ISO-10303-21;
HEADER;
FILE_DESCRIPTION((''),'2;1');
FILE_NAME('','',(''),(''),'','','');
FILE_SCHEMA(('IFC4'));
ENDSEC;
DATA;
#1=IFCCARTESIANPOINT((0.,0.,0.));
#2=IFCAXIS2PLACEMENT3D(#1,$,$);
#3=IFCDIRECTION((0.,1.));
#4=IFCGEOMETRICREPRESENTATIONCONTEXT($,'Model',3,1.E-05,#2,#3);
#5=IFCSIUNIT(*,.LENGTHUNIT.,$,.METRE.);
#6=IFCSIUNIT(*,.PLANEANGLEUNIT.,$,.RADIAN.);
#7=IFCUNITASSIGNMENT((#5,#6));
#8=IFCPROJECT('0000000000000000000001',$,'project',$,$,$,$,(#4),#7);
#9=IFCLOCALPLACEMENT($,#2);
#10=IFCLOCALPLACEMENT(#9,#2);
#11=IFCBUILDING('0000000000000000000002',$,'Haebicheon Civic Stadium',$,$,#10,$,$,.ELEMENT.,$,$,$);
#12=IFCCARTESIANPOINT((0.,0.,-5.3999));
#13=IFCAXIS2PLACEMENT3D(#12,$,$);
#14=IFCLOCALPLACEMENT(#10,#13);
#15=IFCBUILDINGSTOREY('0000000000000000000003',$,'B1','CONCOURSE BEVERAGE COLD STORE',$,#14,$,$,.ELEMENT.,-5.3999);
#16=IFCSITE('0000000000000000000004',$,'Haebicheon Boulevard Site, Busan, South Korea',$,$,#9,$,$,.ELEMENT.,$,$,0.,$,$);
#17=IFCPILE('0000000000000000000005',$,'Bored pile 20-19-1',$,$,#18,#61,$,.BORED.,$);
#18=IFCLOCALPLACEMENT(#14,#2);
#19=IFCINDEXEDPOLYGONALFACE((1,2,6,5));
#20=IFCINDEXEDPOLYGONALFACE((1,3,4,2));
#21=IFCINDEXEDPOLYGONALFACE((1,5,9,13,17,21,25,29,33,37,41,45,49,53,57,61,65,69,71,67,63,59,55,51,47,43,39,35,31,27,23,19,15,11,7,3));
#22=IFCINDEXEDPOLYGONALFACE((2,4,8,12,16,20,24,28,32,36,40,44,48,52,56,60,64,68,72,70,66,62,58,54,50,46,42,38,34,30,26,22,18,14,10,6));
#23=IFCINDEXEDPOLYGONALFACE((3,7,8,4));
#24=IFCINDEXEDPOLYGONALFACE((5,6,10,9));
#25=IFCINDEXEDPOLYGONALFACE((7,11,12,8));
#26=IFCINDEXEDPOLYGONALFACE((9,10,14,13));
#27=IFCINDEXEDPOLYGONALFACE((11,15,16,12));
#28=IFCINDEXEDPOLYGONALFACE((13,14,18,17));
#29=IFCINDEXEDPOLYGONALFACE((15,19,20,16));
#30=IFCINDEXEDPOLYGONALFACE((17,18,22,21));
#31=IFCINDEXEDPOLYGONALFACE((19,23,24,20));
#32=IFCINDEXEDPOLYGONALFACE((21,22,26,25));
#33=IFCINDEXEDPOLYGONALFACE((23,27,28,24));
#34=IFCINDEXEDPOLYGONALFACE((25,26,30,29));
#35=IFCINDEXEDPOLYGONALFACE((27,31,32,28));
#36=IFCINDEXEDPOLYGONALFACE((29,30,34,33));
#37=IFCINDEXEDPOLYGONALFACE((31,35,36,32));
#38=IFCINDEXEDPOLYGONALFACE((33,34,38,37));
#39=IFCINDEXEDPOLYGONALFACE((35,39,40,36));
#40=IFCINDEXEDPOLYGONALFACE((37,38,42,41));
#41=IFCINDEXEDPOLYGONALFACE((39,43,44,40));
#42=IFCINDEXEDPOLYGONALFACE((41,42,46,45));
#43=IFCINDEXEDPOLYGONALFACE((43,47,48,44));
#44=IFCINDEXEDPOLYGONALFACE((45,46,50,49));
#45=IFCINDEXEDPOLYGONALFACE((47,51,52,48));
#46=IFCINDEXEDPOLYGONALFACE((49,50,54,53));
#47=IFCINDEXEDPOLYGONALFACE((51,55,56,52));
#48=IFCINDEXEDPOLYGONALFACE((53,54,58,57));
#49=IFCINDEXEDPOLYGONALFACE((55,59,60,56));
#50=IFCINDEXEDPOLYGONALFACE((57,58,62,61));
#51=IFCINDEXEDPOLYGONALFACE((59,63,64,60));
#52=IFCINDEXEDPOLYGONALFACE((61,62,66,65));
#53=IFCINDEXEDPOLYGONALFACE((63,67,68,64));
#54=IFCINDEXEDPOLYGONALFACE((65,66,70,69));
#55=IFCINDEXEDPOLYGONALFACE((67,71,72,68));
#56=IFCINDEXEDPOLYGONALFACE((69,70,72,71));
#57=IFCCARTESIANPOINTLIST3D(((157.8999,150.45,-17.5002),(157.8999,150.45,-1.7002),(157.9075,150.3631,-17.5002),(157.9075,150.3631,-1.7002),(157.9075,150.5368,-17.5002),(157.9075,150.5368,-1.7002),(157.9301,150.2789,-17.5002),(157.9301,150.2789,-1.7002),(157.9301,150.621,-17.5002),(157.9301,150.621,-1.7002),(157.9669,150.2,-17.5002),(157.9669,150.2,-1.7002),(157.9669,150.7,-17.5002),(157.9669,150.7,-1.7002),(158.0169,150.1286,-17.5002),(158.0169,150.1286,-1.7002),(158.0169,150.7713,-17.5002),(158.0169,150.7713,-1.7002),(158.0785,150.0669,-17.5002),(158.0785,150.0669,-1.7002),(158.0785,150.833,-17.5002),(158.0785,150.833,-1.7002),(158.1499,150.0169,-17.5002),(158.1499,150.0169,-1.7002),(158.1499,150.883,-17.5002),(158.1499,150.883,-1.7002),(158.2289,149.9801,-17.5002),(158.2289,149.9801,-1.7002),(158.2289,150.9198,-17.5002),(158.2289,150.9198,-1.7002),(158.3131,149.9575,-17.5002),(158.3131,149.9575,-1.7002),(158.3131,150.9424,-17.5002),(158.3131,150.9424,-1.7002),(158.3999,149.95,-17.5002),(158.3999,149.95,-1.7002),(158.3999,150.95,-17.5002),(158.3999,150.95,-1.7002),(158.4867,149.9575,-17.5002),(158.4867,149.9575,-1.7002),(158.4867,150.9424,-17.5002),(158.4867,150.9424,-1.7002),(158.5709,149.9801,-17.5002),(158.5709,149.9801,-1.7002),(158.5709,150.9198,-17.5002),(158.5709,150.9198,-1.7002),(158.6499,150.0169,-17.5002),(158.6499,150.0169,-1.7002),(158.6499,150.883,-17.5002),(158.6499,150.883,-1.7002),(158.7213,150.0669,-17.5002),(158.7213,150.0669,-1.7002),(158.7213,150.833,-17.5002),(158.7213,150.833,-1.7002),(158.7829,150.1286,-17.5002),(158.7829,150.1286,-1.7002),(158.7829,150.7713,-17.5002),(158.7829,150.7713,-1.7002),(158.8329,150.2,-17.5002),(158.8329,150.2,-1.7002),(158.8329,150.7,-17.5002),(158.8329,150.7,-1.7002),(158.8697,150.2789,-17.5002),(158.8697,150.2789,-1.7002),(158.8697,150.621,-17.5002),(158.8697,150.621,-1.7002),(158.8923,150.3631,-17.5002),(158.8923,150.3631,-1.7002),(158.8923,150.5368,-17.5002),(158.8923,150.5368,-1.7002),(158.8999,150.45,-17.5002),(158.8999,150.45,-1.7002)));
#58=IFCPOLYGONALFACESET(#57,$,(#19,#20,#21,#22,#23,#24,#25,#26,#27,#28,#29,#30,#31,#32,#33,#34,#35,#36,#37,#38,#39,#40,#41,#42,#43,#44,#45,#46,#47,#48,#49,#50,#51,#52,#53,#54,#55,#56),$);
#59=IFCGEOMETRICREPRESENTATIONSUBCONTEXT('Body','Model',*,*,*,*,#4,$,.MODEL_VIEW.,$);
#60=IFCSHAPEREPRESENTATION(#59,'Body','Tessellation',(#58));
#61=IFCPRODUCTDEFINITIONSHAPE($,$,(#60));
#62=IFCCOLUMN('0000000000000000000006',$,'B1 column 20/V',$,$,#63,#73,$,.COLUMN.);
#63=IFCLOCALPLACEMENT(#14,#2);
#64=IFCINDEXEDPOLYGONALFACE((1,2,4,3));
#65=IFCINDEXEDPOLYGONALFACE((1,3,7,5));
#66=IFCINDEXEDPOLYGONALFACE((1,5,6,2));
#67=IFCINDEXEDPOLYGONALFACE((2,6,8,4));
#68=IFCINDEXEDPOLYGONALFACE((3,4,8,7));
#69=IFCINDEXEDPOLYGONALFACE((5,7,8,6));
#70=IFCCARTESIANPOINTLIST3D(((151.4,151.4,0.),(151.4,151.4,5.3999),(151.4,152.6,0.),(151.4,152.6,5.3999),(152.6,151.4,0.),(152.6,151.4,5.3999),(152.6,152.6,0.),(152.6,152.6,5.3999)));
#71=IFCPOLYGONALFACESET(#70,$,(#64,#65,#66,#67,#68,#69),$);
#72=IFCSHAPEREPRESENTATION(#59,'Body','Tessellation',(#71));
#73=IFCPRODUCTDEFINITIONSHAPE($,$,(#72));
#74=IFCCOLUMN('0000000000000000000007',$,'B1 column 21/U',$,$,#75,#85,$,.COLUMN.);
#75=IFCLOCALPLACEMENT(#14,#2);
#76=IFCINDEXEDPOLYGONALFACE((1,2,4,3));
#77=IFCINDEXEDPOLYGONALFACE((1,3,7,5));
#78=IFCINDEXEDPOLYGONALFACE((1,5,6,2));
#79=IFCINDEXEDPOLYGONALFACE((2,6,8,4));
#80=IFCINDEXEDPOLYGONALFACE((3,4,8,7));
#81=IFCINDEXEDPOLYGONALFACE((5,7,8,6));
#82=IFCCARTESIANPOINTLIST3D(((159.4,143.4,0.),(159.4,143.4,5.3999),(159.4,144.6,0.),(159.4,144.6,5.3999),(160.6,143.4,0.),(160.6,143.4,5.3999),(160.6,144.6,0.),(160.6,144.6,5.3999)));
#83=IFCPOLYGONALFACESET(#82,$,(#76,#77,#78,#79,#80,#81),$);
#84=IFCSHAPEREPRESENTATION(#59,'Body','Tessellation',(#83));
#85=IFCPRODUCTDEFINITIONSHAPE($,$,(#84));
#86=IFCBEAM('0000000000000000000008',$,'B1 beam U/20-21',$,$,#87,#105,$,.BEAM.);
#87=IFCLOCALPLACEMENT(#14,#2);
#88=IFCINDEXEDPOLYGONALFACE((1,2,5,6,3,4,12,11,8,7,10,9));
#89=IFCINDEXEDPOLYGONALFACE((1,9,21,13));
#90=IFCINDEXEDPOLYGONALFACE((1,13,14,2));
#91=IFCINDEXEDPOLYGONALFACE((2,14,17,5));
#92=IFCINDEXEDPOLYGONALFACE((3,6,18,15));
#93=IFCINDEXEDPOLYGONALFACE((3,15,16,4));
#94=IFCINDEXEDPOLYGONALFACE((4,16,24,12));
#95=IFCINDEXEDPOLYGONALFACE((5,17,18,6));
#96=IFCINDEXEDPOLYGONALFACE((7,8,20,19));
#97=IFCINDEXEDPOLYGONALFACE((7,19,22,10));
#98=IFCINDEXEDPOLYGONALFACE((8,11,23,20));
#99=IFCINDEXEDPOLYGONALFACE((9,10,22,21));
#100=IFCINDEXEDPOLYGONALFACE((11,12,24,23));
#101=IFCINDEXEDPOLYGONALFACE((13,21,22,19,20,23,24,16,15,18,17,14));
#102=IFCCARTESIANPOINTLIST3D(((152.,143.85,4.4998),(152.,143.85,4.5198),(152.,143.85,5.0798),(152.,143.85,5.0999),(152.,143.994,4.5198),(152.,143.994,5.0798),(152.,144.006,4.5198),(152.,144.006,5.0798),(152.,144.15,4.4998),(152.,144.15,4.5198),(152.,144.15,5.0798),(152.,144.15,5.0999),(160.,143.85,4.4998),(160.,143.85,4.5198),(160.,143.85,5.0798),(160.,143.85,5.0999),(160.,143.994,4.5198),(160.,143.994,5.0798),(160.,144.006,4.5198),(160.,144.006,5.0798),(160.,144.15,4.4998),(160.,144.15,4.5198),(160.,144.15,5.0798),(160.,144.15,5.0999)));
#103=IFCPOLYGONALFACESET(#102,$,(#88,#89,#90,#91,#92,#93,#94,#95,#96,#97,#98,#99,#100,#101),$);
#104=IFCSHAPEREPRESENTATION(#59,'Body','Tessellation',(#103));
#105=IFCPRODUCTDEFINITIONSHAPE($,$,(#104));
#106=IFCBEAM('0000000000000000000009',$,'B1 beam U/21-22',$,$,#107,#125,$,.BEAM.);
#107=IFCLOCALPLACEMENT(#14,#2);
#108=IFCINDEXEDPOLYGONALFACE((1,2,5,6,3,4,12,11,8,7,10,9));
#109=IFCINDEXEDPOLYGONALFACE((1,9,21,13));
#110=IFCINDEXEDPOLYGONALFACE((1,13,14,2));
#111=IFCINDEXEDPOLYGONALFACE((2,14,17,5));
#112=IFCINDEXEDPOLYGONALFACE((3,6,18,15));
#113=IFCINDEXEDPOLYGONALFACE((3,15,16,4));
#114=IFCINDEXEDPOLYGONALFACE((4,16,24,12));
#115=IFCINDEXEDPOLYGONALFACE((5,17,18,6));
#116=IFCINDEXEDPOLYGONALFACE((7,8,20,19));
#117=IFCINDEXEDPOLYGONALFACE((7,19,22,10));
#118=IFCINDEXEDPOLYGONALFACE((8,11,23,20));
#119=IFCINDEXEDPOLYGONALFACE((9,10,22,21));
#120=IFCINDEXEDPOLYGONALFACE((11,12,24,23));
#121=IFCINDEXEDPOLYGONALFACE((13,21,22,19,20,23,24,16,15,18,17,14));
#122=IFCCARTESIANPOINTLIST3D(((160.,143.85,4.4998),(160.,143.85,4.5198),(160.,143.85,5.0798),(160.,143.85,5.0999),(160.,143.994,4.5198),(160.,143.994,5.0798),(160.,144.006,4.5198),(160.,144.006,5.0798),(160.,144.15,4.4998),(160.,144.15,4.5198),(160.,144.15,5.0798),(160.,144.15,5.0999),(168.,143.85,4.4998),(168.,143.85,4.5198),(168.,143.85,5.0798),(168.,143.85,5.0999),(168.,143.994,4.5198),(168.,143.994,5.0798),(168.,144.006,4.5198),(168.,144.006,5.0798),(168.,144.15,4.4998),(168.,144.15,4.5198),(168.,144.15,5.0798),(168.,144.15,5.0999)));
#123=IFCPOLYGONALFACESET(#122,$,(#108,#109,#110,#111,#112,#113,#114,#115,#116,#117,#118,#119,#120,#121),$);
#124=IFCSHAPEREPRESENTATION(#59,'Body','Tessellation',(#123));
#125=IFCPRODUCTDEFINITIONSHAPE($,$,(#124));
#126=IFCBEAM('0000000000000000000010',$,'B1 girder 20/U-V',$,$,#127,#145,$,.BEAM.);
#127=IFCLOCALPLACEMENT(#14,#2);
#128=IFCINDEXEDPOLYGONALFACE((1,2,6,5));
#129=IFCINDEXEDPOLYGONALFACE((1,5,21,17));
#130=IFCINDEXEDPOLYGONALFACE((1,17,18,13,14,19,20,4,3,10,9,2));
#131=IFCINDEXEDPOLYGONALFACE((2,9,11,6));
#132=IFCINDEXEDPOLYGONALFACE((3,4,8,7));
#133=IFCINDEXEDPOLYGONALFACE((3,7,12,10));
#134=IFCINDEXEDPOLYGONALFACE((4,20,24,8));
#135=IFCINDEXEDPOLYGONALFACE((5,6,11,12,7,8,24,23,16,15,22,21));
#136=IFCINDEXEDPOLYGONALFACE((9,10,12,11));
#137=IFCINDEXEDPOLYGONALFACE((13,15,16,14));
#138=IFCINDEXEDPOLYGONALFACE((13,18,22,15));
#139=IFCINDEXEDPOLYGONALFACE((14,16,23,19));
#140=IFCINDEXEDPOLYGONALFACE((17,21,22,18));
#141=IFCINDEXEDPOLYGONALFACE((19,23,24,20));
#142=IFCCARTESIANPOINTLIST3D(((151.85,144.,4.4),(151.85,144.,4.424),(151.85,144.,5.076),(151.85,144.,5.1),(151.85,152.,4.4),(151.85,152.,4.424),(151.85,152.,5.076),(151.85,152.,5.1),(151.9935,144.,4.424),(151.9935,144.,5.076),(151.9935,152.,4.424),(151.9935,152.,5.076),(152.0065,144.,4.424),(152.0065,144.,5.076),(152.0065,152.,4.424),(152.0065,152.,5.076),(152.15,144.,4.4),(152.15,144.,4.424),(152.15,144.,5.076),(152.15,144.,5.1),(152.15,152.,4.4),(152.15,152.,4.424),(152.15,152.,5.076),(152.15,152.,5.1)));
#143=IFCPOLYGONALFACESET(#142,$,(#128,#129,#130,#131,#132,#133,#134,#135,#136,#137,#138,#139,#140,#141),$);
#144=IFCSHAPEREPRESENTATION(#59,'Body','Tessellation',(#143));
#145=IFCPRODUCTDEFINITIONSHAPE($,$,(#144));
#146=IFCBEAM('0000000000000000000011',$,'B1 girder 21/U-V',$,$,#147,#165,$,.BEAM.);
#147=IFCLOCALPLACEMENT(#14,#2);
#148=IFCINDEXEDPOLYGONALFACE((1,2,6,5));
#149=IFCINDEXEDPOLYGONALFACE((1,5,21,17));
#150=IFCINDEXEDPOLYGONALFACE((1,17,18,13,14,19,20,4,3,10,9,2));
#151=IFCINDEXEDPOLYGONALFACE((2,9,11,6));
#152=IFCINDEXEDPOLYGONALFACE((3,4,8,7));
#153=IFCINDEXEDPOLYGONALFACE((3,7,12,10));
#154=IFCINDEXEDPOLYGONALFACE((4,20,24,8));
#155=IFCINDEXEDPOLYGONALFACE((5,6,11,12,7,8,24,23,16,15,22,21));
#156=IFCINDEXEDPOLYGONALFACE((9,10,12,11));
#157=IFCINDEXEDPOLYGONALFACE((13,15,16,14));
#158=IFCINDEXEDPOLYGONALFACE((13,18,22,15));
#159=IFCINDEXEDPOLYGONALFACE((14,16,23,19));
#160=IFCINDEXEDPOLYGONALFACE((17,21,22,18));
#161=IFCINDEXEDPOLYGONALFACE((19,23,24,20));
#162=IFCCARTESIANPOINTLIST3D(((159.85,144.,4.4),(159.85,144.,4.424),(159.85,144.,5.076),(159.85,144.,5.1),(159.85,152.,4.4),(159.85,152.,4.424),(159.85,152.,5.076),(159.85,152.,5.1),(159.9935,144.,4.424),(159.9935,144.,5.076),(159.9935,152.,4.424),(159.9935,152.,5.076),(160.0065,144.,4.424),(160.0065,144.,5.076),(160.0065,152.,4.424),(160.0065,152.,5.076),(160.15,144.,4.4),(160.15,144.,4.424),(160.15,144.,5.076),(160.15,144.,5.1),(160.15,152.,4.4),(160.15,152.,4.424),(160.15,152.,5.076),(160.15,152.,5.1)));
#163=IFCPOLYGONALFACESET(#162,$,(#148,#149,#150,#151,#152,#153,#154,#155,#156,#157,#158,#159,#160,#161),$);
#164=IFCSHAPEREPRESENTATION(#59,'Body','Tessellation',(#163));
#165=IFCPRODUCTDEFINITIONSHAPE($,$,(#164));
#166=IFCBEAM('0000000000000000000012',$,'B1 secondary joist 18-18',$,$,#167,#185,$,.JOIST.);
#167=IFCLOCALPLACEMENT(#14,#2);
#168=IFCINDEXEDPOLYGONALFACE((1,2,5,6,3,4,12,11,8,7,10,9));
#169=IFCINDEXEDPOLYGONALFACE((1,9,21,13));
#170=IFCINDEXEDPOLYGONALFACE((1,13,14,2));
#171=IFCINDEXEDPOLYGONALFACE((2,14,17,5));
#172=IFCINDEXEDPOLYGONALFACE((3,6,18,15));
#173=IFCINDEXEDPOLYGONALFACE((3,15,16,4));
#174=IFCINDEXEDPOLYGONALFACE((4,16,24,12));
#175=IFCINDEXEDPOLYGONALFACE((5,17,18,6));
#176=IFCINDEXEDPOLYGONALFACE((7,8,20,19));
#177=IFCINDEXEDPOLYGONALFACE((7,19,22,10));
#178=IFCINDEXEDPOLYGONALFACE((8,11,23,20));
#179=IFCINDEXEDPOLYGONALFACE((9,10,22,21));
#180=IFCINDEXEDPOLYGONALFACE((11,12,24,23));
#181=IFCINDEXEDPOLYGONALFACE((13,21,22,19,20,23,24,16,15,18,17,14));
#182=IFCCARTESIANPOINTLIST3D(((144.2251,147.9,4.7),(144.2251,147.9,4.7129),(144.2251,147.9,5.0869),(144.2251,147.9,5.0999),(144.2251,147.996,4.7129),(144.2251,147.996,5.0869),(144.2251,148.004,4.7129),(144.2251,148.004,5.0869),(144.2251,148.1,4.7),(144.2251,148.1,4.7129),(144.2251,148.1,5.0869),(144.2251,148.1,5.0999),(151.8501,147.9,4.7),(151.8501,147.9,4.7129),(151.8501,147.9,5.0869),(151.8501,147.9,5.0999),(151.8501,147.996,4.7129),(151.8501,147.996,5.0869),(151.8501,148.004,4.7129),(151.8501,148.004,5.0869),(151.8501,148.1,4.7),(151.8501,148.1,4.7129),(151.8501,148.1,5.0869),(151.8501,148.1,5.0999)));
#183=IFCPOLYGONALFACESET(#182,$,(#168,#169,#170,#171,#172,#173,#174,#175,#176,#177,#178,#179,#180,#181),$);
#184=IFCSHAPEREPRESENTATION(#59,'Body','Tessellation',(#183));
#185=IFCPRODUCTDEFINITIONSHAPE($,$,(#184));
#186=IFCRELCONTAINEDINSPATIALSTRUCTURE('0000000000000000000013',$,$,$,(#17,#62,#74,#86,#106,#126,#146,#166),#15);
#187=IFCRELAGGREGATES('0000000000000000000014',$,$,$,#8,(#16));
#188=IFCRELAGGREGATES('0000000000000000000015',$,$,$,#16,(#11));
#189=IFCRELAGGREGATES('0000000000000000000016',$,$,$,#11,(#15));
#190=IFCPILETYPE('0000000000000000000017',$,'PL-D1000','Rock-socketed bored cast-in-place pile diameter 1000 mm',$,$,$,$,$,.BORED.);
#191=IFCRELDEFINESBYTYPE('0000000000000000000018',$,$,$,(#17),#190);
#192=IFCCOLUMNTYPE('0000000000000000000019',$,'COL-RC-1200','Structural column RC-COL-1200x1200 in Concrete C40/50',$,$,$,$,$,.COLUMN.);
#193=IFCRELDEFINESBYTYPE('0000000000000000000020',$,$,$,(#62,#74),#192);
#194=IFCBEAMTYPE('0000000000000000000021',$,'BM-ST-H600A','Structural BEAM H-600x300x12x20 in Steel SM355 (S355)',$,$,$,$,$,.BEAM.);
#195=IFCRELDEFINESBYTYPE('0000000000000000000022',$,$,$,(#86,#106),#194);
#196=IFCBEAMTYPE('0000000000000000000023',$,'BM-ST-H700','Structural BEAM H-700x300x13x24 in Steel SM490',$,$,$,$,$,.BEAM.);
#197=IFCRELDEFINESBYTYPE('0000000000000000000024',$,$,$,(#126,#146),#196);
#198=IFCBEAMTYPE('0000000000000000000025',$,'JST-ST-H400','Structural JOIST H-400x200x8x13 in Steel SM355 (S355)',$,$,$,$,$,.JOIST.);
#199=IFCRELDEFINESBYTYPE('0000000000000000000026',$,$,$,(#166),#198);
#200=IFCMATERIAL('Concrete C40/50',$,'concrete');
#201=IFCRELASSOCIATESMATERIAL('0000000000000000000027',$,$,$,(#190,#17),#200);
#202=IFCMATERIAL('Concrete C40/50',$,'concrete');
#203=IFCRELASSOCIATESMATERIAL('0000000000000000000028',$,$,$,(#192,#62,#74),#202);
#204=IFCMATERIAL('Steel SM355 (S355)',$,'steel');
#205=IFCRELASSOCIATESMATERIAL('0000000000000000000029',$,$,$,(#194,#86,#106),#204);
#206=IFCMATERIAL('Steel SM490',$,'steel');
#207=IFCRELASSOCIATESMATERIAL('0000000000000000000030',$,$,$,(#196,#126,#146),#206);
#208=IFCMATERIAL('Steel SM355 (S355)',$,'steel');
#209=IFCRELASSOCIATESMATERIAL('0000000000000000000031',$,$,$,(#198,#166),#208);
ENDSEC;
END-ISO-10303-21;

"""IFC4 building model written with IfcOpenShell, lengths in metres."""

from ifc_helpers import new_model, si_unit, direction, frame, origin, origin_2d, place, context, subcontext, project, spatial, rectangle, circle, i_section, extrude, material, material_profile, profile_set, type_object, element, save


model = new_model("IFC4")

# Units and contexts
model_context = context("Model", 3, precision=1e-05, world=origin(), true_north=direction((0.0, 1.0)))
body_context = subcontext(model_context, "Body", "Model", "MODEL_VIEW")
ifc_project = project(units=[si_unit("LENGTHUNIT", "METRE"), si_unit("PLANEANGLEUNIT", "RADIAN")], contexts=[model_context])

# Site, building, storey
site_placement = place(None, origin())
site = spatial("IfcSite", under=ifc_project, at=site_placement, Name="Haebicheon Boulevard Site, Busan, South Korea", CompositionType="ELEMENT", RefElevation=0.0)
building_placement = place(site_placement, origin())
building = spatial("IfcBuilding", under=site, at=building_placement, Name="Haebicheon Civic Stadium", CompositionType="ELEMENT")
storey_placement = place(building_placement, frame((0.0, 0.0, -5.3999)))
storey = spatial("IfcBuildingStorey", under=building, at=storey_placement, Name="B1", Description="CONCOURSE BEVERAGE COLD STORE", CompositionType="ELEMENT", Elevation=-5.3999)

# Pile
ifc_material_1 = material(Name="Concrete C40/50", Category="concrete")
ifc_material_profile_1 = material_profile(ifc_material_1, circle(Radius=0.5, at=origin_2d()), Name="PILE-D1000")
ifc_profile_set_1 = profile_set([ifc_material_profile_1], Name="Concrete C40/50")
pile_type = type_object("IfcPileType", Name="PL-D1000", Description="Rock-socketed bored cast-in-place pile diameter 1000 mm", PredefinedType="BORED", material=ifc_profile_set_1)
for number, where, z_axis, x_axis, name in (
    (1, (158.3999, 150.45, -1.7002), (0.0, 0.0, -1.0), (1.0, 0.0, 0.0), "Bored pile 20-19-1"),
):
    element("IfcPile", number, at=place(storey_placement, frame(where, z_axis=z_axis, x_axis=x_axis)), inside=storey, type_object=pile_type, material=ifc_profile_set_1, Name=name, PredefinedType="BORED", context=body_context, shape_type="SweptSolid", body=[
        extrude(circle(Radius=0.5, at=origin_2d()), origin(), (0.0, 0.0, 1.0), 15.8),
    ])

# Columns
ifc_material_2 = material(Name="Concrete C40/50", Category="concrete")
ifc_material_profile_2 = material_profile(ifc_material_2, rectangle(XDim=1.2, YDim=1.2, at=origin_2d()), Name="RC-COL-1200x1200")
ifc_profile_set_2 = profile_set([ifc_material_profile_2], Name="Concrete C40/50")
column_type = type_object("IfcColumnType", Name="COL-RC-1200", Description="Structural column RC-COL-1200x1200 in Concrete C40/50", PredefinedType="COLUMN", material=ifc_profile_set_2)
for number, where, z_axis, x_axis, name in (
    (2, (152.0, 152.0, 0.0), (0.0, 0.0, 1.0), (1.0, 0.0, 0.0), "B1 column 20/V"),
    (3, (160.0, 144.0, 0.0), (0.0, 0.0, 1.0), (1.0, 0.0, 0.0), "B1 column 21/U"),
):
    element("IfcColumn", number, at=place(storey_placement, frame(where, z_axis=z_axis, x_axis=x_axis)), inside=storey, type_object=column_type, material=ifc_profile_set_2, Name=name, PredefinedType="COLUMN", context=body_context, shape_type="SweptSolid", body=[
        extrude(rectangle(XDim=1.2, YDim=1.2, at=origin_2d()), origin(), (0.0, 0.0, 1.0), 5.3999),
    ])

# Beams
ifc_material_3 = material(Name="Steel SM355 (S355)", Category="steel")
ifc_material_profile_3 = material_profile(ifc_material_3, i_section(OverallWidth=0.3, OverallDepth=0.6001, WebThickness=0.012, FlangeThickness=0.02, at=origin_2d()), Name="H-600x300x12x20")
ifc_profile_set_3 = profile_set([ifc_material_profile_3], Name="Steel SM355 (S355)")
beam_type_1 = type_object("IfcBeamType", Name="BM-ST-H600A", Description="Structural BEAM H-600x300x12x20 in Steel SM355 (S355)", PredefinedType="BEAM", material=ifc_profile_set_3)
for number, where, z_axis, x_axis, name in (
    (4, (152.0, 144.0, 4.7998), (1.0, 0.0, 0.0), (0.0, 1.0, 0.0), "B1 beam U/20-21"),
    (5, (160.0, 144.0, 4.7998), (1.0, 0.0, 0.0), (0.0, 1.0, 0.0), "B1 beam U/21-22"),
):
    element("IfcBeam", number, at=place(storey_placement, frame(where, z_axis=z_axis, x_axis=x_axis)), inside=storey, type_object=beam_type_1, material=ifc_profile_set_3, Name=name, PredefinedType="BEAM", context=body_context, shape_type="SweptSolid", body=[
        extrude(i_section(OverallWidth=0.3, OverallDepth=0.6001, WebThickness=0.012, FlangeThickness=0.02, at=origin_2d()), origin(), (0.0, 0.0, 1.0), 8.0),
    ])
ifc_material_4 = material(Name="Steel SM490", Category="steel")
ifc_material_profile_4 = material_profile(ifc_material_4, i_section(OverallWidth=0.3, OverallDepth=0.7, WebThickness=0.0129, FlangeThickness=0.0239, at=origin_2d()), Name="H-700x300x13x24")
ifc_profile_set_4 = profile_set([ifc_material_profile_4], Name="Steel SM490")
beam_type_2 = type_object("IfcBeamType", Name="BM-ST-H700", Description="Structural BEAM H-700x300x13x24 in Steel SM490", PredefinedType="BEAM", material=ifc_profile_set_4)
for number, where, z_axis, x_axis, name in (
    (6, (152.0, 144.0, 4.75), (0.0, 1.0, 0.0), (-1.0, 0.0, 0.0), "B1 girder 20/U-V"),
    (7, (160.0, 144.0, 4.75), (0.0, 1.0, 0.0), (-1.0, 0.0, 0.0), "B1 girder 21/U-V"),
):
    element("IfcBeam", number, at=place(storey_placement, frame(where, z_axis=z_axis, x_axis=x_axis)), inside=storey, type_object=beam_type_2, material=ifc_profile_set_4, Name=name, PredefinedType="BEAM", context=body_context, shape_type="SweptSolid", body=[
        extrude(i_section(OverallWidth=0.3, OverallDepth=0.7, WebThickness=0.0129, FlangeThickness=0.0239, at=origin_2d()), origin(), (0.0, 0.0, 1.0), 8.0),
    ])
ifc_material_5 = material(Name="Steel SM355 (S355)", Category="steel")
ifc_material_profile_5 = material_profile(ifc_material_5, i_section(OverallWidth=0.2, OverallDepth=0.3999, WebThickness=0.0081, FlangeThickness=0.0129, at=origin_2d()), Name="H-400x200x8x13")
ifc_profile_set_5 = profile_set([ifc_material_profile_5], Name="Steel SM355 (S355)")
beam_type_3 = type_object("IfcBeamType", Name="JST-ST-H400", Description="Structural JOIST H-400x200x8x13 in Steel SM355 (S355)", PredefinedType="JOIST", material=ifc_profile_set_5)
beam_1_placement = place(storey_placement, frame((144.2251, 148.0, 4.8999), z_axis=(1.0, 0.0, 0.0), x_axis=(0.0, 1.0, 0.0)))
element("IfcBeam", 8, at=beam_1_placement, inside=storey, type_object=beam_type_3, material=ifc_profile_set_5, Name="B1 secondary joist 18-18", PredefinedType="JOIST", context=body_context, shape_type="SweptSolid", body=[
    extrude(i_section(OverallWidth=0.2, OverallDepth=0.3999, WebThickness=0.0081, FlangeThickness=0.0129, at=origin_2d()), origin(), (0.0, 0.0, 1.0), 7.625),
])

save(model, "model.ifc")
